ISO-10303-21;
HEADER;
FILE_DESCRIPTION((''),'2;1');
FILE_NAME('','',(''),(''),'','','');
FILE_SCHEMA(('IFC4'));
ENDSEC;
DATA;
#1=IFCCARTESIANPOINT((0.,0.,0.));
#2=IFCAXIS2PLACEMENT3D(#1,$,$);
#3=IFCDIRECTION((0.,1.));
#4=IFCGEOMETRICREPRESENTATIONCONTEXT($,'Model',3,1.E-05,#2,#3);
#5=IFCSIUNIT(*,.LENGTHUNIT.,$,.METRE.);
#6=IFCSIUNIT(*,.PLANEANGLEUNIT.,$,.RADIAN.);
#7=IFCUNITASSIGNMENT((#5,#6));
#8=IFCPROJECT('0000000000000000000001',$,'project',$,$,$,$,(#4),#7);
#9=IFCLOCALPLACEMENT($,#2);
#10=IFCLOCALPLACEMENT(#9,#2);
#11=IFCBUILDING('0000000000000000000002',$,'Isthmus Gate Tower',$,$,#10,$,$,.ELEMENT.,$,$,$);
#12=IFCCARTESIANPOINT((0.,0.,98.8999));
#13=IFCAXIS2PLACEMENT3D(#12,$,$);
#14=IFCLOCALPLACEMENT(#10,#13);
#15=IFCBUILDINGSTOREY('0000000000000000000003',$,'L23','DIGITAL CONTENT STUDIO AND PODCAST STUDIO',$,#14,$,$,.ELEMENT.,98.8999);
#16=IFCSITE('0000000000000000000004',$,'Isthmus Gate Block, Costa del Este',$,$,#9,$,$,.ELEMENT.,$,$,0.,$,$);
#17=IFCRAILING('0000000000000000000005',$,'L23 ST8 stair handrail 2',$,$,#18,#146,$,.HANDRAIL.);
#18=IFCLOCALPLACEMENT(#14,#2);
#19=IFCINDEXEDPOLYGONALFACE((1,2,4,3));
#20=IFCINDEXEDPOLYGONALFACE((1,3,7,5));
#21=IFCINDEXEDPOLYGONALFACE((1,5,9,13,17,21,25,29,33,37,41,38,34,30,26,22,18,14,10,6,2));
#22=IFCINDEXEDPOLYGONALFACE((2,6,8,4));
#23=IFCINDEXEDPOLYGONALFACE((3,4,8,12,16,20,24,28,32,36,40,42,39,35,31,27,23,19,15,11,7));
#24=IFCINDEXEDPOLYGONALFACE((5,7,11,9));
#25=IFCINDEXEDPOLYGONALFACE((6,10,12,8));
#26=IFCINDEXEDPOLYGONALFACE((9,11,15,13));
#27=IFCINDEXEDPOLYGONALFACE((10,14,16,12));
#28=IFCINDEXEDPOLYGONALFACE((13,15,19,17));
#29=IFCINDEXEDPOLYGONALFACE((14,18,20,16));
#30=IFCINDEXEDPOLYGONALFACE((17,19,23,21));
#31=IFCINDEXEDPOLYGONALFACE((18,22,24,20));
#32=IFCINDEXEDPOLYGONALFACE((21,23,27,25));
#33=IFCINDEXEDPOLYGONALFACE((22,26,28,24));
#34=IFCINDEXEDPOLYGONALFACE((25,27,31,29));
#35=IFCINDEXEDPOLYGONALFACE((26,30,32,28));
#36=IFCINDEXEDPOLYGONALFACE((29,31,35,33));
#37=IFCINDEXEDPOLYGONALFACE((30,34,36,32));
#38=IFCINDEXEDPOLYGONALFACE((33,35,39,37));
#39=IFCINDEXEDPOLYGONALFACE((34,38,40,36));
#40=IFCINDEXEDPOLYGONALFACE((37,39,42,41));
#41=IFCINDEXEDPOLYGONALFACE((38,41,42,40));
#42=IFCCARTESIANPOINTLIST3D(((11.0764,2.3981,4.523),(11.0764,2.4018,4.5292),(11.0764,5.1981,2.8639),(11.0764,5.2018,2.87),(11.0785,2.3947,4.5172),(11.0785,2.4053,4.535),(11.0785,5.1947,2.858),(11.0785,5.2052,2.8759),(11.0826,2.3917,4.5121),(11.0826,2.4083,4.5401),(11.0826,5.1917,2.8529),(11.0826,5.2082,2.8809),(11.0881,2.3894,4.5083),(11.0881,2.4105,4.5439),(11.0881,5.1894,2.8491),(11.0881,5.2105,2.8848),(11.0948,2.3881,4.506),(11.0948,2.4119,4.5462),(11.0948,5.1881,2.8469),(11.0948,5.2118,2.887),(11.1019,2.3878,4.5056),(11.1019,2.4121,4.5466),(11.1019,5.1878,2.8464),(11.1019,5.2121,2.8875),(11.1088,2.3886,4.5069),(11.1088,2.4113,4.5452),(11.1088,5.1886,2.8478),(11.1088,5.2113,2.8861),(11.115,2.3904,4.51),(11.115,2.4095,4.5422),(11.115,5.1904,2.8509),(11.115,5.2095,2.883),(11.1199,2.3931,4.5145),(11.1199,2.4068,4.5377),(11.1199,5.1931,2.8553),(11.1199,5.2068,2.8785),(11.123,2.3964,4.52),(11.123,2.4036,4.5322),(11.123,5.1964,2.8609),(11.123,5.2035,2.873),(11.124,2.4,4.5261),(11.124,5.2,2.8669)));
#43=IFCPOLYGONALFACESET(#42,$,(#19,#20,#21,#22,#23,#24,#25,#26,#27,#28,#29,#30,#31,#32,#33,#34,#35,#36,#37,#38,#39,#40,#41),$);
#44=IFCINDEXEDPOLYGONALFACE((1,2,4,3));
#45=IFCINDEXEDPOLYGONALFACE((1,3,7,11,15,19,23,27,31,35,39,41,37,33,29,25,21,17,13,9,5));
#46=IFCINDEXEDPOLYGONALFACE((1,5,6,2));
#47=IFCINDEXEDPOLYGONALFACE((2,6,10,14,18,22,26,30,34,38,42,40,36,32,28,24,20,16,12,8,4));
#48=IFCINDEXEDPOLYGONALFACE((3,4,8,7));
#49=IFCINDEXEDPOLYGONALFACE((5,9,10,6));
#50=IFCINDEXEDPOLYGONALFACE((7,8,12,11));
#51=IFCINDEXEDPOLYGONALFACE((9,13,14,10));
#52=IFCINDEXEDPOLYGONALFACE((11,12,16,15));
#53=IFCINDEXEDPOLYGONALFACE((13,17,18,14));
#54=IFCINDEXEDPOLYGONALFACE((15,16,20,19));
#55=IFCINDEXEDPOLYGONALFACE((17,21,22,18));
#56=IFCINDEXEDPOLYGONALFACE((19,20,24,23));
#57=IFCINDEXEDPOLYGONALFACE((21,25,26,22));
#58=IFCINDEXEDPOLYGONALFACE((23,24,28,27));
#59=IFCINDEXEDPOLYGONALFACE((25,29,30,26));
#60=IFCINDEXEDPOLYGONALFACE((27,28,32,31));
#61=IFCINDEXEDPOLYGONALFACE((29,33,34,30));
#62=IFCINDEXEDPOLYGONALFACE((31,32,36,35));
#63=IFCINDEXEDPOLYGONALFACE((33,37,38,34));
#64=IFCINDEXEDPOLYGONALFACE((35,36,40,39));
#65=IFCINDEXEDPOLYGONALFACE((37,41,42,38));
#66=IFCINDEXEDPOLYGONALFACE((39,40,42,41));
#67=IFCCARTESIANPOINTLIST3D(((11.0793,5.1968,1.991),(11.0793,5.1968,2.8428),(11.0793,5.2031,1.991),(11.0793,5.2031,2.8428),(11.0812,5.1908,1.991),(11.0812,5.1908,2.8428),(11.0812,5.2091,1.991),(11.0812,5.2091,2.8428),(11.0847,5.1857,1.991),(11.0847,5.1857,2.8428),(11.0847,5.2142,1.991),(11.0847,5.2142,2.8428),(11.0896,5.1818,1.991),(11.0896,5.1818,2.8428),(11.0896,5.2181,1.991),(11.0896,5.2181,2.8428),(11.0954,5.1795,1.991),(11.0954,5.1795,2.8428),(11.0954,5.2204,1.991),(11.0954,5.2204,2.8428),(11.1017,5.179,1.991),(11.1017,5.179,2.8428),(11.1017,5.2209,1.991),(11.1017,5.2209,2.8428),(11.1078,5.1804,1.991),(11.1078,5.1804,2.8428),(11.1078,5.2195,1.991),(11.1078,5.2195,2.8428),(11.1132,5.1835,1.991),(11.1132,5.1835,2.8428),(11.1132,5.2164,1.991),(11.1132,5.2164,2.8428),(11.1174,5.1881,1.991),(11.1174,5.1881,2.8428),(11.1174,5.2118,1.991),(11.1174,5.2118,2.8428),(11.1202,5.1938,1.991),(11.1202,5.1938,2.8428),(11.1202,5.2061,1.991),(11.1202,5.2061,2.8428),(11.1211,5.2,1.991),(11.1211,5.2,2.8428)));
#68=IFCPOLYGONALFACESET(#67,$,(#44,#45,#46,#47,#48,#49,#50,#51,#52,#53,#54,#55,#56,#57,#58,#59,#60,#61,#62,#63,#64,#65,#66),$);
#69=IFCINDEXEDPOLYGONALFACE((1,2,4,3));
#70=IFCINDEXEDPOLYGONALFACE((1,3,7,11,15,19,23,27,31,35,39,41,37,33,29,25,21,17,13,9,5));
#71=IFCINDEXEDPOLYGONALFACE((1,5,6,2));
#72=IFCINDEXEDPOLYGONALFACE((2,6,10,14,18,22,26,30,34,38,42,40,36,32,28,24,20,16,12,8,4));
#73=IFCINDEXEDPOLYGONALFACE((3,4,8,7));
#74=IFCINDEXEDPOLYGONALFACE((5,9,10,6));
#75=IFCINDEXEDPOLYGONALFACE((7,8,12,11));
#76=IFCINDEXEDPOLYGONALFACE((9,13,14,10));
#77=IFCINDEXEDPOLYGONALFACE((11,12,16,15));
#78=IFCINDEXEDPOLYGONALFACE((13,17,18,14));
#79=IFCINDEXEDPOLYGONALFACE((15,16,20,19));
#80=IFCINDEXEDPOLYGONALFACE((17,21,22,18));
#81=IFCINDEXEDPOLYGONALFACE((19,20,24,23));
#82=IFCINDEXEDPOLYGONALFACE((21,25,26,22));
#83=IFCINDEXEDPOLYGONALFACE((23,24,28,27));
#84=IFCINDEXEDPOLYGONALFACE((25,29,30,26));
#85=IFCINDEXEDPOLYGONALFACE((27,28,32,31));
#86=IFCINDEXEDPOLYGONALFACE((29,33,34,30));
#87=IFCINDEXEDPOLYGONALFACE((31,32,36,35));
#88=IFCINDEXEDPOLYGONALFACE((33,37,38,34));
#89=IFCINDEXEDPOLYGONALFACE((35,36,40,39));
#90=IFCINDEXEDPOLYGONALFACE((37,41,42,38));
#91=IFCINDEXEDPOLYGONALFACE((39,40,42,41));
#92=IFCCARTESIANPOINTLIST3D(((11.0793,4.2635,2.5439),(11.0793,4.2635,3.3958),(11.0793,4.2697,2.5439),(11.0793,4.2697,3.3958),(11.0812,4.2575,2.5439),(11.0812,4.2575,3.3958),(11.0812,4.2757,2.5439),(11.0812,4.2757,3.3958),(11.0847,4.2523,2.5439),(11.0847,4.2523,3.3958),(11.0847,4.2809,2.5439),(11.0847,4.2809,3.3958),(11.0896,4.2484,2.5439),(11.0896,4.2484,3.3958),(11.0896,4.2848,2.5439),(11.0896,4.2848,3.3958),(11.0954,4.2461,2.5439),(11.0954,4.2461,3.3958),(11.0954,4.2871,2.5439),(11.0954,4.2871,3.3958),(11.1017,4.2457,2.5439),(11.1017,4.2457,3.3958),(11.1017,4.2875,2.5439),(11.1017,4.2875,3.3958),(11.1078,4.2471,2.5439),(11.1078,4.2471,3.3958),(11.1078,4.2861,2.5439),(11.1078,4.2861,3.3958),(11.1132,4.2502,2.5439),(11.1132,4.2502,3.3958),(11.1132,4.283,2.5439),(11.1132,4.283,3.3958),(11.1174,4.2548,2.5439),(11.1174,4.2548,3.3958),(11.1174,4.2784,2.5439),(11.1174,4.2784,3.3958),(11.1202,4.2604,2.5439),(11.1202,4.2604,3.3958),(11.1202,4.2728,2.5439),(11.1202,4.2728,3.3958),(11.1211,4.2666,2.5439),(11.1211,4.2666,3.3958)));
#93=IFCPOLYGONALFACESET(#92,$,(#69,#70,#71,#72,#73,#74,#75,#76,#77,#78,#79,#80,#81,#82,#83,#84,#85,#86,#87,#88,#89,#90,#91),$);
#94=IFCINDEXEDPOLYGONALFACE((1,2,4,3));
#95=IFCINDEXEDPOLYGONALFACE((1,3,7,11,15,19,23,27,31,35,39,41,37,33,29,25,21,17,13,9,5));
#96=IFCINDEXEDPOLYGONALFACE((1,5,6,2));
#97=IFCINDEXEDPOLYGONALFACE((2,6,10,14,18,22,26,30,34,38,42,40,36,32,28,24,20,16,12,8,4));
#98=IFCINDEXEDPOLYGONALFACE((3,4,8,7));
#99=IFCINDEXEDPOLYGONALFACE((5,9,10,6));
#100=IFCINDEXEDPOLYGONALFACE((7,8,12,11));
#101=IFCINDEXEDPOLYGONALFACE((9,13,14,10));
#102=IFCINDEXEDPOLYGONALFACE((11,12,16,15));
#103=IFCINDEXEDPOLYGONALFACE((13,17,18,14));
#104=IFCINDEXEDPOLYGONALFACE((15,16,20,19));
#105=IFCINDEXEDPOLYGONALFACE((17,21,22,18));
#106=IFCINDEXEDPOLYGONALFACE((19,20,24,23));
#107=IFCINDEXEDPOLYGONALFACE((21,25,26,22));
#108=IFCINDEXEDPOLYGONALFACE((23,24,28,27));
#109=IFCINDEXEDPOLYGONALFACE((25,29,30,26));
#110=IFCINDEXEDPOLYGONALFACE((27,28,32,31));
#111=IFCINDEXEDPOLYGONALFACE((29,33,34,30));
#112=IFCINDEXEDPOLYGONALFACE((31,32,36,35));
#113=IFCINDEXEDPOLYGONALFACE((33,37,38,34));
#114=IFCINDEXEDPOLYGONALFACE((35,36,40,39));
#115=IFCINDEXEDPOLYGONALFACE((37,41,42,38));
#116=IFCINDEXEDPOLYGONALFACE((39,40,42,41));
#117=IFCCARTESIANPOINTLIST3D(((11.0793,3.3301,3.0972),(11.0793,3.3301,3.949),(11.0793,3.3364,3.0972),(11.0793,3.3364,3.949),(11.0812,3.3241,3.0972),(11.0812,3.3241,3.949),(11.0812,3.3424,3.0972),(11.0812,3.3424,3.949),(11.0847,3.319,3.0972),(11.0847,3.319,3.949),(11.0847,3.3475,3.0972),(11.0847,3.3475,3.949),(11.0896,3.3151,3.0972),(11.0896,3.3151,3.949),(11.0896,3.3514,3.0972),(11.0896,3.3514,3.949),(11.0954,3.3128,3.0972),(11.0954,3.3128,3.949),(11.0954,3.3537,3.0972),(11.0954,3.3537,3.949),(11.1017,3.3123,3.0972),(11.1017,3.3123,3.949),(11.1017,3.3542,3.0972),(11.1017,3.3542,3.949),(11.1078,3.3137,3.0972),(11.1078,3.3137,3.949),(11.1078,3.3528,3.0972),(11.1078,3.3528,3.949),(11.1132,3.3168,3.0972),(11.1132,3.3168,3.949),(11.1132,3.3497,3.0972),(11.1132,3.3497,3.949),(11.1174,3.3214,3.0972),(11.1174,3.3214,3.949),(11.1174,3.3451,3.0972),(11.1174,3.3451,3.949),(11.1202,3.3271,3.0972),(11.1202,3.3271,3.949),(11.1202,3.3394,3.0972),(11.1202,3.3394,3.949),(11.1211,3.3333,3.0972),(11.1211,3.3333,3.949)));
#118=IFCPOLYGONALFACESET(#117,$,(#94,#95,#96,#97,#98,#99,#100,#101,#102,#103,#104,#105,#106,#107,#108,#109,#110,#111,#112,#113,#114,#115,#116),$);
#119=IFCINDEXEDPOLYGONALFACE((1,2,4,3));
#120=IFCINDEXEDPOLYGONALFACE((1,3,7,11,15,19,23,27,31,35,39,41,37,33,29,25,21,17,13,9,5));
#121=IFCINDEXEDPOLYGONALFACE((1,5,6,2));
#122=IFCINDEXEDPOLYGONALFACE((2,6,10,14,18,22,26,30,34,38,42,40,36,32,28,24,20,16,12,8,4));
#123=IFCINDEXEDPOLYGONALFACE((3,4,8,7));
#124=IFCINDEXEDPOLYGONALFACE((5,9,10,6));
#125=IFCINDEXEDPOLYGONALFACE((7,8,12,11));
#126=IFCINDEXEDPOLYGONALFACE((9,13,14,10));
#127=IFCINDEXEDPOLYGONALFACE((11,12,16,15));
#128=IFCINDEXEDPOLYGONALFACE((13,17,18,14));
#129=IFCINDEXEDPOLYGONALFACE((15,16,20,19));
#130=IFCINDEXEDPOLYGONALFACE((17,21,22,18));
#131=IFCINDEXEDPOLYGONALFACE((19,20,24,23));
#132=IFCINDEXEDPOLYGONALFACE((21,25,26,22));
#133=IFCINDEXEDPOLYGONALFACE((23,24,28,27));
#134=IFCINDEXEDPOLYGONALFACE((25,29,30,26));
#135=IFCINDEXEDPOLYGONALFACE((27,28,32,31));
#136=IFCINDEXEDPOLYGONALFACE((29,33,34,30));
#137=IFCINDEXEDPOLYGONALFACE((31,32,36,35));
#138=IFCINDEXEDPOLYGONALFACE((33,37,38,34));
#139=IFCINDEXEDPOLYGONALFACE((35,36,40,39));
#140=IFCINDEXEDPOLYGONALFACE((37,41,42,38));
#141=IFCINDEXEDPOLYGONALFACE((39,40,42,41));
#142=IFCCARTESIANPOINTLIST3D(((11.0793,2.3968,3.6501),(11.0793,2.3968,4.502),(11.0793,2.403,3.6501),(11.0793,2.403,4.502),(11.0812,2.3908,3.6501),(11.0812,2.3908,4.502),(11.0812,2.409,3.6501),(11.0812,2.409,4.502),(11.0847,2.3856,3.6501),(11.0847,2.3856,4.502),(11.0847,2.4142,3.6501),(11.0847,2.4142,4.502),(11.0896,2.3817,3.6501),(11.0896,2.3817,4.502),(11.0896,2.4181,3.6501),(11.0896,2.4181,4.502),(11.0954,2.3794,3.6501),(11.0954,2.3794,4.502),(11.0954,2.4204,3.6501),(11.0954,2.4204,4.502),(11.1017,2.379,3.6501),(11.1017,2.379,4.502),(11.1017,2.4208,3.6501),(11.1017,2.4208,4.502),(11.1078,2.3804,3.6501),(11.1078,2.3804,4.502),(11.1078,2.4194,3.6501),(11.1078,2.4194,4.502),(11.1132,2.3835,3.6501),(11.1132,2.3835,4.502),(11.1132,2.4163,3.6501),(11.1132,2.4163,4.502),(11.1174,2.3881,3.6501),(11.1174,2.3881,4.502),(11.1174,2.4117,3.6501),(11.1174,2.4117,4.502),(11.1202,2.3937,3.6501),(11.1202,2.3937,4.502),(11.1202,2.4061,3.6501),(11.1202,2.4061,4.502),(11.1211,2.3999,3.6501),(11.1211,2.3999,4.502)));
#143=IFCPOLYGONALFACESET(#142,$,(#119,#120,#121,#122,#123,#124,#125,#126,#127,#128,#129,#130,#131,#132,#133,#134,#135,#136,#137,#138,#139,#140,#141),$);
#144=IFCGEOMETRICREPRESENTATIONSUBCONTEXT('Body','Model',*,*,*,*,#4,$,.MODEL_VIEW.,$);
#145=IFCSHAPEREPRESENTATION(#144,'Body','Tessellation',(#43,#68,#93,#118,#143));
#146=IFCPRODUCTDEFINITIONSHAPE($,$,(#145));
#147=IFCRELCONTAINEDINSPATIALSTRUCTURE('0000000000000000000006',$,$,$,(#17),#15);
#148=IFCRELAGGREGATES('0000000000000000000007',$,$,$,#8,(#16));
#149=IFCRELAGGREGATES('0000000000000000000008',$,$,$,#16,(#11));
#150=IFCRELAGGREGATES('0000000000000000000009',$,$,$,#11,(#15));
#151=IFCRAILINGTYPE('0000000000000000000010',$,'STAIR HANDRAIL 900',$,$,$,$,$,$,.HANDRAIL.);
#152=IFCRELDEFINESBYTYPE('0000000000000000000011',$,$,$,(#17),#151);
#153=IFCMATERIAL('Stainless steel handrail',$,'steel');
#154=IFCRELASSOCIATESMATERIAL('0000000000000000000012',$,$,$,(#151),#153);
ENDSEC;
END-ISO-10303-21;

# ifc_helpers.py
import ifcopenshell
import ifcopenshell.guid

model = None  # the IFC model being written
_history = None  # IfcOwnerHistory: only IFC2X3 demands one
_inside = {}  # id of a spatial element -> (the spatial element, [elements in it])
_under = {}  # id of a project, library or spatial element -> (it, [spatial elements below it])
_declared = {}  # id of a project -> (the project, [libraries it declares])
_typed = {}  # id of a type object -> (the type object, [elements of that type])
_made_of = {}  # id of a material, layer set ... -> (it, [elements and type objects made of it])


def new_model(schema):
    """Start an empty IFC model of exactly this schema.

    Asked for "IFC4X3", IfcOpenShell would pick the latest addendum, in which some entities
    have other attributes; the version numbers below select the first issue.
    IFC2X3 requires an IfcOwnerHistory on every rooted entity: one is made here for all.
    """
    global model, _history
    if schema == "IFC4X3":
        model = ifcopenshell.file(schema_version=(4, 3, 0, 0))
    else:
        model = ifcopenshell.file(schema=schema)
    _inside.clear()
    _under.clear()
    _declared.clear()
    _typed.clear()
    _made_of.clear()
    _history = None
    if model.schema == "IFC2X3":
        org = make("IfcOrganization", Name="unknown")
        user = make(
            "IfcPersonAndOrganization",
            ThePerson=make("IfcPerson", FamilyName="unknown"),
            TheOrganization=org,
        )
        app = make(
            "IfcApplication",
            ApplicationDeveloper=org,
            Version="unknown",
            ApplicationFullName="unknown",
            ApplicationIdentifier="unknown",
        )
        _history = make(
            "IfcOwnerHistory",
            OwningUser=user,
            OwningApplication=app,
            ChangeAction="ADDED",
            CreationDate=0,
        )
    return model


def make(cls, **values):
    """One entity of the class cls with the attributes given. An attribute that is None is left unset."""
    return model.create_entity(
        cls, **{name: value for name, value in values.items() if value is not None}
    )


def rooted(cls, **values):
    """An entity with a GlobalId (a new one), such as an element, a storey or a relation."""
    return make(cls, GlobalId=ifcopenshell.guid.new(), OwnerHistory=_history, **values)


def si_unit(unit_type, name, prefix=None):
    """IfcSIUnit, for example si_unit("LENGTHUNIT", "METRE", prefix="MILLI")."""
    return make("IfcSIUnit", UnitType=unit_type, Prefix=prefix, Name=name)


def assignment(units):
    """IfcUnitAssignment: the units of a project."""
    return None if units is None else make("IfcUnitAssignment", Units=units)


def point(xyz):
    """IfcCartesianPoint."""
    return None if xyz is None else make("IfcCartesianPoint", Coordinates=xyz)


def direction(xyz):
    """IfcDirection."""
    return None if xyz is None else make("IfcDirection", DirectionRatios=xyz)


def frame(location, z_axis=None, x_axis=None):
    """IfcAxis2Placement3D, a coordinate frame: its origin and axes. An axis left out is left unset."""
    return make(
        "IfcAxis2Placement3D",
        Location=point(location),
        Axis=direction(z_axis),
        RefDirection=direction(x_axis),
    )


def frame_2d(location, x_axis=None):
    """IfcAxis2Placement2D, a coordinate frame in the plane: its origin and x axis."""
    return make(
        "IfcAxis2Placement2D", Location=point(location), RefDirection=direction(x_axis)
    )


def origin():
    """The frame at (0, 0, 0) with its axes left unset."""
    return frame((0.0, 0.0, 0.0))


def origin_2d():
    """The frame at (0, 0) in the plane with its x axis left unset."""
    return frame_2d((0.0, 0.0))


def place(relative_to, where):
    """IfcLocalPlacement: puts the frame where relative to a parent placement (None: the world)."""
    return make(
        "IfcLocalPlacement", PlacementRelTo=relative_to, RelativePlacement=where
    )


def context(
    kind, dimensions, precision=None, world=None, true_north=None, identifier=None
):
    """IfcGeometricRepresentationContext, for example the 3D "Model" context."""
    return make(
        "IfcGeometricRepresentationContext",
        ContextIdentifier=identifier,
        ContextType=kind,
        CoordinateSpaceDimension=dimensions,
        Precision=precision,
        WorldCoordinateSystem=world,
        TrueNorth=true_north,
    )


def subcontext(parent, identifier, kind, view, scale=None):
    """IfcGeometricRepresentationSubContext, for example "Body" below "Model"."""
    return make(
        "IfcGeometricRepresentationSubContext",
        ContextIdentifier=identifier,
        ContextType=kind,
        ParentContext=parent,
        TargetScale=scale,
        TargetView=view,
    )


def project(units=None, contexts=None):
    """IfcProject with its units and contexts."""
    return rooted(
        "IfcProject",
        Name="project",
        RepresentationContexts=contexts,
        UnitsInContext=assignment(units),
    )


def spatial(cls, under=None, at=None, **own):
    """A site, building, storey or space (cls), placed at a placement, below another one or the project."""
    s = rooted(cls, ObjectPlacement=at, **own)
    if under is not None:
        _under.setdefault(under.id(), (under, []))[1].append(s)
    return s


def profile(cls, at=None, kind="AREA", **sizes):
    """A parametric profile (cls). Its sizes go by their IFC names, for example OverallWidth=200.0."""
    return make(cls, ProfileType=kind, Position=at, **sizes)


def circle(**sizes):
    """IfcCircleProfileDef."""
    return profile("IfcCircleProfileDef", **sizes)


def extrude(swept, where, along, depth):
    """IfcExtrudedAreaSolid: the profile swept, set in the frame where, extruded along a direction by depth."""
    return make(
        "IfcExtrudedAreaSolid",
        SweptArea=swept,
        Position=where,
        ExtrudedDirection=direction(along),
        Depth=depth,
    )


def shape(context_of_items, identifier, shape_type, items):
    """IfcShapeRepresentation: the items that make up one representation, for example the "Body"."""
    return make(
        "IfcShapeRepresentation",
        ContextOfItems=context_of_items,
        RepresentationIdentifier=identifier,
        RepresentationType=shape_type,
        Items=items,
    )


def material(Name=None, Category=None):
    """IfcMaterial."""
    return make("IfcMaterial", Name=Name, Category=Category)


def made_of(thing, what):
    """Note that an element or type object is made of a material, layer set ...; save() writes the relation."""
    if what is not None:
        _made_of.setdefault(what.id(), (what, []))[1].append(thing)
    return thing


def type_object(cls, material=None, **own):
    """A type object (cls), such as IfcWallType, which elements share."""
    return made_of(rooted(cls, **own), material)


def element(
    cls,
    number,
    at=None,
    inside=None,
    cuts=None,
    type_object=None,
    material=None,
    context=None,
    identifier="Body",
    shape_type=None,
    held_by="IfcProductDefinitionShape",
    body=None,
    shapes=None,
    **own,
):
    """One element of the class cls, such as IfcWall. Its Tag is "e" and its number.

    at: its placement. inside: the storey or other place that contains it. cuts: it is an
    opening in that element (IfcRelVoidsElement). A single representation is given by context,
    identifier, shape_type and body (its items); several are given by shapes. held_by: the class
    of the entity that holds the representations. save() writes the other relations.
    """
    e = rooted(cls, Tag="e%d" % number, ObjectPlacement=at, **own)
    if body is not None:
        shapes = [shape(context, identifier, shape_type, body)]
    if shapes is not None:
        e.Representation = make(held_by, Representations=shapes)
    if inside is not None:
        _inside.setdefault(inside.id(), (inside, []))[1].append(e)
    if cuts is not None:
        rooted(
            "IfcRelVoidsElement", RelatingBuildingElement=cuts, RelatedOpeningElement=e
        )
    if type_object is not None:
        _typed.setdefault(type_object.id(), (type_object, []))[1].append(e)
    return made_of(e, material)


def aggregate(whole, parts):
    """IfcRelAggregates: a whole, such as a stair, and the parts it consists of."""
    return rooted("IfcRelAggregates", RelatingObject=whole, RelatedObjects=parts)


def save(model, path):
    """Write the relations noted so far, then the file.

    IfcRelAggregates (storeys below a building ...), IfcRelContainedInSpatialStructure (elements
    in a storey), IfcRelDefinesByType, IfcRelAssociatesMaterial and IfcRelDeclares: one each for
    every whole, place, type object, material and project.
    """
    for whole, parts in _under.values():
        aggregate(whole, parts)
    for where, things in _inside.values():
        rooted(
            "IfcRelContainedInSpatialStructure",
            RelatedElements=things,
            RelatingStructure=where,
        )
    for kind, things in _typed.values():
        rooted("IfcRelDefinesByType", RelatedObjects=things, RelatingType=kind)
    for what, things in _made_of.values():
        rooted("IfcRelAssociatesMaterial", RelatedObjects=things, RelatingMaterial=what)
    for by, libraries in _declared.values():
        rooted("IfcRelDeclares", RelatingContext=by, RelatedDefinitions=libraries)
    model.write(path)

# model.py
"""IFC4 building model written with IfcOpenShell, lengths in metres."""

from ifc_helpers import new_model, si_unit, direction, frame, origin, origin_2d, place, context, subcontext, project, spatial, circle, extrude, material, type_object, element, save


model = new_model("IFC4")

# Units and contexts
model_context = context("Model", 3, precision=1e-05, world=origin(), true_north=direction((0.0, 1.0)))
body_context = subcontext(model_context, "Body", "Model", "MODEL_VIEW")
ifc_project = project(units=[si_unit("LENGTHUNIT", "METRE"), si_unit("PLANEANGLEUNIT", "RADIAN")], contexts=[model_context])

# Site, building, storey
site_placement = place(None, origin())
site = spatial("IfcSite", under=ifc_project, at=site_placement, Name="Isthmus Gate Block, Costa del Este", CompositionType="ELEMENT", RefElevation=0.0)
building_placement = place(site_placement, origin())
building = spatial("IfcBuilding", under=site, at=building_placement, Name="Isthmus Gate Tower", CompositionType="ELEMENT")
storey_placement = place(building_placement, frame((0.0, 0.0, 98.8999)))
storey = spatial("IfcBuildingStorey", under=building, at=storey_placement, Name="L23", Description="DIGITAL CONTENT STUDIO AND PODCAST STUDIO", CompositionType="ELEMENT", Elevation=98.8999)

# Railing
ifc_material_1 = material(Name="Stainless steel handrail", Category="steel")
railing_type_1 = type_object("IfcRailingType", Name="STAIR HANDRAIL 900", PredefinedType="HANDRAIL", material=ifc_material_1)
for number, where, name in (
    (1, (11.1001, 5.2, 1.991), "L23 ST8 stair handrail 2"),
):
    element("IfcRailing", number, at=place(storey_placement, frame(where)), inside=storey, type_object=railing_type_1, Name=name, PredefinedType="HANDRAIL", context=body_context, shape_type="SweptSolid", body=[
        extrude(circle(Radius=0.0239, at=origin_2d()), frame((0.0, 0.0, 0.876), z_axis=(0.0, -0.860306, 0.509778), x_axis=(1.0, 0.0, 0.0)), (0.0, 0.0, 1.0), 3.2546),
        extrude(circle(Radius=0.021, at=origin_2d()), origin(), (0.0, 0.0, 1.0), 0.8518),
        extrude(circle(Radius=0.021, at=origin_2d()), frame((0.0, -0.9333, 0.553)), (0.0, 0.0, 1.0), 0.8518),
        extrude(circle(Radius=0.021, at=origin_2d()), frame((0.0, -1.8667, 1.1062)), (0.0, 0.0, 1.0), 0.8518),
        extrude(circle(Radius=0.021, at=origin_2d()), frame((0.0, -2.8, 1.6592)), (0.0, 0.0, 1.0), 0.8518),
    ])

save(model, "model.ifc")
